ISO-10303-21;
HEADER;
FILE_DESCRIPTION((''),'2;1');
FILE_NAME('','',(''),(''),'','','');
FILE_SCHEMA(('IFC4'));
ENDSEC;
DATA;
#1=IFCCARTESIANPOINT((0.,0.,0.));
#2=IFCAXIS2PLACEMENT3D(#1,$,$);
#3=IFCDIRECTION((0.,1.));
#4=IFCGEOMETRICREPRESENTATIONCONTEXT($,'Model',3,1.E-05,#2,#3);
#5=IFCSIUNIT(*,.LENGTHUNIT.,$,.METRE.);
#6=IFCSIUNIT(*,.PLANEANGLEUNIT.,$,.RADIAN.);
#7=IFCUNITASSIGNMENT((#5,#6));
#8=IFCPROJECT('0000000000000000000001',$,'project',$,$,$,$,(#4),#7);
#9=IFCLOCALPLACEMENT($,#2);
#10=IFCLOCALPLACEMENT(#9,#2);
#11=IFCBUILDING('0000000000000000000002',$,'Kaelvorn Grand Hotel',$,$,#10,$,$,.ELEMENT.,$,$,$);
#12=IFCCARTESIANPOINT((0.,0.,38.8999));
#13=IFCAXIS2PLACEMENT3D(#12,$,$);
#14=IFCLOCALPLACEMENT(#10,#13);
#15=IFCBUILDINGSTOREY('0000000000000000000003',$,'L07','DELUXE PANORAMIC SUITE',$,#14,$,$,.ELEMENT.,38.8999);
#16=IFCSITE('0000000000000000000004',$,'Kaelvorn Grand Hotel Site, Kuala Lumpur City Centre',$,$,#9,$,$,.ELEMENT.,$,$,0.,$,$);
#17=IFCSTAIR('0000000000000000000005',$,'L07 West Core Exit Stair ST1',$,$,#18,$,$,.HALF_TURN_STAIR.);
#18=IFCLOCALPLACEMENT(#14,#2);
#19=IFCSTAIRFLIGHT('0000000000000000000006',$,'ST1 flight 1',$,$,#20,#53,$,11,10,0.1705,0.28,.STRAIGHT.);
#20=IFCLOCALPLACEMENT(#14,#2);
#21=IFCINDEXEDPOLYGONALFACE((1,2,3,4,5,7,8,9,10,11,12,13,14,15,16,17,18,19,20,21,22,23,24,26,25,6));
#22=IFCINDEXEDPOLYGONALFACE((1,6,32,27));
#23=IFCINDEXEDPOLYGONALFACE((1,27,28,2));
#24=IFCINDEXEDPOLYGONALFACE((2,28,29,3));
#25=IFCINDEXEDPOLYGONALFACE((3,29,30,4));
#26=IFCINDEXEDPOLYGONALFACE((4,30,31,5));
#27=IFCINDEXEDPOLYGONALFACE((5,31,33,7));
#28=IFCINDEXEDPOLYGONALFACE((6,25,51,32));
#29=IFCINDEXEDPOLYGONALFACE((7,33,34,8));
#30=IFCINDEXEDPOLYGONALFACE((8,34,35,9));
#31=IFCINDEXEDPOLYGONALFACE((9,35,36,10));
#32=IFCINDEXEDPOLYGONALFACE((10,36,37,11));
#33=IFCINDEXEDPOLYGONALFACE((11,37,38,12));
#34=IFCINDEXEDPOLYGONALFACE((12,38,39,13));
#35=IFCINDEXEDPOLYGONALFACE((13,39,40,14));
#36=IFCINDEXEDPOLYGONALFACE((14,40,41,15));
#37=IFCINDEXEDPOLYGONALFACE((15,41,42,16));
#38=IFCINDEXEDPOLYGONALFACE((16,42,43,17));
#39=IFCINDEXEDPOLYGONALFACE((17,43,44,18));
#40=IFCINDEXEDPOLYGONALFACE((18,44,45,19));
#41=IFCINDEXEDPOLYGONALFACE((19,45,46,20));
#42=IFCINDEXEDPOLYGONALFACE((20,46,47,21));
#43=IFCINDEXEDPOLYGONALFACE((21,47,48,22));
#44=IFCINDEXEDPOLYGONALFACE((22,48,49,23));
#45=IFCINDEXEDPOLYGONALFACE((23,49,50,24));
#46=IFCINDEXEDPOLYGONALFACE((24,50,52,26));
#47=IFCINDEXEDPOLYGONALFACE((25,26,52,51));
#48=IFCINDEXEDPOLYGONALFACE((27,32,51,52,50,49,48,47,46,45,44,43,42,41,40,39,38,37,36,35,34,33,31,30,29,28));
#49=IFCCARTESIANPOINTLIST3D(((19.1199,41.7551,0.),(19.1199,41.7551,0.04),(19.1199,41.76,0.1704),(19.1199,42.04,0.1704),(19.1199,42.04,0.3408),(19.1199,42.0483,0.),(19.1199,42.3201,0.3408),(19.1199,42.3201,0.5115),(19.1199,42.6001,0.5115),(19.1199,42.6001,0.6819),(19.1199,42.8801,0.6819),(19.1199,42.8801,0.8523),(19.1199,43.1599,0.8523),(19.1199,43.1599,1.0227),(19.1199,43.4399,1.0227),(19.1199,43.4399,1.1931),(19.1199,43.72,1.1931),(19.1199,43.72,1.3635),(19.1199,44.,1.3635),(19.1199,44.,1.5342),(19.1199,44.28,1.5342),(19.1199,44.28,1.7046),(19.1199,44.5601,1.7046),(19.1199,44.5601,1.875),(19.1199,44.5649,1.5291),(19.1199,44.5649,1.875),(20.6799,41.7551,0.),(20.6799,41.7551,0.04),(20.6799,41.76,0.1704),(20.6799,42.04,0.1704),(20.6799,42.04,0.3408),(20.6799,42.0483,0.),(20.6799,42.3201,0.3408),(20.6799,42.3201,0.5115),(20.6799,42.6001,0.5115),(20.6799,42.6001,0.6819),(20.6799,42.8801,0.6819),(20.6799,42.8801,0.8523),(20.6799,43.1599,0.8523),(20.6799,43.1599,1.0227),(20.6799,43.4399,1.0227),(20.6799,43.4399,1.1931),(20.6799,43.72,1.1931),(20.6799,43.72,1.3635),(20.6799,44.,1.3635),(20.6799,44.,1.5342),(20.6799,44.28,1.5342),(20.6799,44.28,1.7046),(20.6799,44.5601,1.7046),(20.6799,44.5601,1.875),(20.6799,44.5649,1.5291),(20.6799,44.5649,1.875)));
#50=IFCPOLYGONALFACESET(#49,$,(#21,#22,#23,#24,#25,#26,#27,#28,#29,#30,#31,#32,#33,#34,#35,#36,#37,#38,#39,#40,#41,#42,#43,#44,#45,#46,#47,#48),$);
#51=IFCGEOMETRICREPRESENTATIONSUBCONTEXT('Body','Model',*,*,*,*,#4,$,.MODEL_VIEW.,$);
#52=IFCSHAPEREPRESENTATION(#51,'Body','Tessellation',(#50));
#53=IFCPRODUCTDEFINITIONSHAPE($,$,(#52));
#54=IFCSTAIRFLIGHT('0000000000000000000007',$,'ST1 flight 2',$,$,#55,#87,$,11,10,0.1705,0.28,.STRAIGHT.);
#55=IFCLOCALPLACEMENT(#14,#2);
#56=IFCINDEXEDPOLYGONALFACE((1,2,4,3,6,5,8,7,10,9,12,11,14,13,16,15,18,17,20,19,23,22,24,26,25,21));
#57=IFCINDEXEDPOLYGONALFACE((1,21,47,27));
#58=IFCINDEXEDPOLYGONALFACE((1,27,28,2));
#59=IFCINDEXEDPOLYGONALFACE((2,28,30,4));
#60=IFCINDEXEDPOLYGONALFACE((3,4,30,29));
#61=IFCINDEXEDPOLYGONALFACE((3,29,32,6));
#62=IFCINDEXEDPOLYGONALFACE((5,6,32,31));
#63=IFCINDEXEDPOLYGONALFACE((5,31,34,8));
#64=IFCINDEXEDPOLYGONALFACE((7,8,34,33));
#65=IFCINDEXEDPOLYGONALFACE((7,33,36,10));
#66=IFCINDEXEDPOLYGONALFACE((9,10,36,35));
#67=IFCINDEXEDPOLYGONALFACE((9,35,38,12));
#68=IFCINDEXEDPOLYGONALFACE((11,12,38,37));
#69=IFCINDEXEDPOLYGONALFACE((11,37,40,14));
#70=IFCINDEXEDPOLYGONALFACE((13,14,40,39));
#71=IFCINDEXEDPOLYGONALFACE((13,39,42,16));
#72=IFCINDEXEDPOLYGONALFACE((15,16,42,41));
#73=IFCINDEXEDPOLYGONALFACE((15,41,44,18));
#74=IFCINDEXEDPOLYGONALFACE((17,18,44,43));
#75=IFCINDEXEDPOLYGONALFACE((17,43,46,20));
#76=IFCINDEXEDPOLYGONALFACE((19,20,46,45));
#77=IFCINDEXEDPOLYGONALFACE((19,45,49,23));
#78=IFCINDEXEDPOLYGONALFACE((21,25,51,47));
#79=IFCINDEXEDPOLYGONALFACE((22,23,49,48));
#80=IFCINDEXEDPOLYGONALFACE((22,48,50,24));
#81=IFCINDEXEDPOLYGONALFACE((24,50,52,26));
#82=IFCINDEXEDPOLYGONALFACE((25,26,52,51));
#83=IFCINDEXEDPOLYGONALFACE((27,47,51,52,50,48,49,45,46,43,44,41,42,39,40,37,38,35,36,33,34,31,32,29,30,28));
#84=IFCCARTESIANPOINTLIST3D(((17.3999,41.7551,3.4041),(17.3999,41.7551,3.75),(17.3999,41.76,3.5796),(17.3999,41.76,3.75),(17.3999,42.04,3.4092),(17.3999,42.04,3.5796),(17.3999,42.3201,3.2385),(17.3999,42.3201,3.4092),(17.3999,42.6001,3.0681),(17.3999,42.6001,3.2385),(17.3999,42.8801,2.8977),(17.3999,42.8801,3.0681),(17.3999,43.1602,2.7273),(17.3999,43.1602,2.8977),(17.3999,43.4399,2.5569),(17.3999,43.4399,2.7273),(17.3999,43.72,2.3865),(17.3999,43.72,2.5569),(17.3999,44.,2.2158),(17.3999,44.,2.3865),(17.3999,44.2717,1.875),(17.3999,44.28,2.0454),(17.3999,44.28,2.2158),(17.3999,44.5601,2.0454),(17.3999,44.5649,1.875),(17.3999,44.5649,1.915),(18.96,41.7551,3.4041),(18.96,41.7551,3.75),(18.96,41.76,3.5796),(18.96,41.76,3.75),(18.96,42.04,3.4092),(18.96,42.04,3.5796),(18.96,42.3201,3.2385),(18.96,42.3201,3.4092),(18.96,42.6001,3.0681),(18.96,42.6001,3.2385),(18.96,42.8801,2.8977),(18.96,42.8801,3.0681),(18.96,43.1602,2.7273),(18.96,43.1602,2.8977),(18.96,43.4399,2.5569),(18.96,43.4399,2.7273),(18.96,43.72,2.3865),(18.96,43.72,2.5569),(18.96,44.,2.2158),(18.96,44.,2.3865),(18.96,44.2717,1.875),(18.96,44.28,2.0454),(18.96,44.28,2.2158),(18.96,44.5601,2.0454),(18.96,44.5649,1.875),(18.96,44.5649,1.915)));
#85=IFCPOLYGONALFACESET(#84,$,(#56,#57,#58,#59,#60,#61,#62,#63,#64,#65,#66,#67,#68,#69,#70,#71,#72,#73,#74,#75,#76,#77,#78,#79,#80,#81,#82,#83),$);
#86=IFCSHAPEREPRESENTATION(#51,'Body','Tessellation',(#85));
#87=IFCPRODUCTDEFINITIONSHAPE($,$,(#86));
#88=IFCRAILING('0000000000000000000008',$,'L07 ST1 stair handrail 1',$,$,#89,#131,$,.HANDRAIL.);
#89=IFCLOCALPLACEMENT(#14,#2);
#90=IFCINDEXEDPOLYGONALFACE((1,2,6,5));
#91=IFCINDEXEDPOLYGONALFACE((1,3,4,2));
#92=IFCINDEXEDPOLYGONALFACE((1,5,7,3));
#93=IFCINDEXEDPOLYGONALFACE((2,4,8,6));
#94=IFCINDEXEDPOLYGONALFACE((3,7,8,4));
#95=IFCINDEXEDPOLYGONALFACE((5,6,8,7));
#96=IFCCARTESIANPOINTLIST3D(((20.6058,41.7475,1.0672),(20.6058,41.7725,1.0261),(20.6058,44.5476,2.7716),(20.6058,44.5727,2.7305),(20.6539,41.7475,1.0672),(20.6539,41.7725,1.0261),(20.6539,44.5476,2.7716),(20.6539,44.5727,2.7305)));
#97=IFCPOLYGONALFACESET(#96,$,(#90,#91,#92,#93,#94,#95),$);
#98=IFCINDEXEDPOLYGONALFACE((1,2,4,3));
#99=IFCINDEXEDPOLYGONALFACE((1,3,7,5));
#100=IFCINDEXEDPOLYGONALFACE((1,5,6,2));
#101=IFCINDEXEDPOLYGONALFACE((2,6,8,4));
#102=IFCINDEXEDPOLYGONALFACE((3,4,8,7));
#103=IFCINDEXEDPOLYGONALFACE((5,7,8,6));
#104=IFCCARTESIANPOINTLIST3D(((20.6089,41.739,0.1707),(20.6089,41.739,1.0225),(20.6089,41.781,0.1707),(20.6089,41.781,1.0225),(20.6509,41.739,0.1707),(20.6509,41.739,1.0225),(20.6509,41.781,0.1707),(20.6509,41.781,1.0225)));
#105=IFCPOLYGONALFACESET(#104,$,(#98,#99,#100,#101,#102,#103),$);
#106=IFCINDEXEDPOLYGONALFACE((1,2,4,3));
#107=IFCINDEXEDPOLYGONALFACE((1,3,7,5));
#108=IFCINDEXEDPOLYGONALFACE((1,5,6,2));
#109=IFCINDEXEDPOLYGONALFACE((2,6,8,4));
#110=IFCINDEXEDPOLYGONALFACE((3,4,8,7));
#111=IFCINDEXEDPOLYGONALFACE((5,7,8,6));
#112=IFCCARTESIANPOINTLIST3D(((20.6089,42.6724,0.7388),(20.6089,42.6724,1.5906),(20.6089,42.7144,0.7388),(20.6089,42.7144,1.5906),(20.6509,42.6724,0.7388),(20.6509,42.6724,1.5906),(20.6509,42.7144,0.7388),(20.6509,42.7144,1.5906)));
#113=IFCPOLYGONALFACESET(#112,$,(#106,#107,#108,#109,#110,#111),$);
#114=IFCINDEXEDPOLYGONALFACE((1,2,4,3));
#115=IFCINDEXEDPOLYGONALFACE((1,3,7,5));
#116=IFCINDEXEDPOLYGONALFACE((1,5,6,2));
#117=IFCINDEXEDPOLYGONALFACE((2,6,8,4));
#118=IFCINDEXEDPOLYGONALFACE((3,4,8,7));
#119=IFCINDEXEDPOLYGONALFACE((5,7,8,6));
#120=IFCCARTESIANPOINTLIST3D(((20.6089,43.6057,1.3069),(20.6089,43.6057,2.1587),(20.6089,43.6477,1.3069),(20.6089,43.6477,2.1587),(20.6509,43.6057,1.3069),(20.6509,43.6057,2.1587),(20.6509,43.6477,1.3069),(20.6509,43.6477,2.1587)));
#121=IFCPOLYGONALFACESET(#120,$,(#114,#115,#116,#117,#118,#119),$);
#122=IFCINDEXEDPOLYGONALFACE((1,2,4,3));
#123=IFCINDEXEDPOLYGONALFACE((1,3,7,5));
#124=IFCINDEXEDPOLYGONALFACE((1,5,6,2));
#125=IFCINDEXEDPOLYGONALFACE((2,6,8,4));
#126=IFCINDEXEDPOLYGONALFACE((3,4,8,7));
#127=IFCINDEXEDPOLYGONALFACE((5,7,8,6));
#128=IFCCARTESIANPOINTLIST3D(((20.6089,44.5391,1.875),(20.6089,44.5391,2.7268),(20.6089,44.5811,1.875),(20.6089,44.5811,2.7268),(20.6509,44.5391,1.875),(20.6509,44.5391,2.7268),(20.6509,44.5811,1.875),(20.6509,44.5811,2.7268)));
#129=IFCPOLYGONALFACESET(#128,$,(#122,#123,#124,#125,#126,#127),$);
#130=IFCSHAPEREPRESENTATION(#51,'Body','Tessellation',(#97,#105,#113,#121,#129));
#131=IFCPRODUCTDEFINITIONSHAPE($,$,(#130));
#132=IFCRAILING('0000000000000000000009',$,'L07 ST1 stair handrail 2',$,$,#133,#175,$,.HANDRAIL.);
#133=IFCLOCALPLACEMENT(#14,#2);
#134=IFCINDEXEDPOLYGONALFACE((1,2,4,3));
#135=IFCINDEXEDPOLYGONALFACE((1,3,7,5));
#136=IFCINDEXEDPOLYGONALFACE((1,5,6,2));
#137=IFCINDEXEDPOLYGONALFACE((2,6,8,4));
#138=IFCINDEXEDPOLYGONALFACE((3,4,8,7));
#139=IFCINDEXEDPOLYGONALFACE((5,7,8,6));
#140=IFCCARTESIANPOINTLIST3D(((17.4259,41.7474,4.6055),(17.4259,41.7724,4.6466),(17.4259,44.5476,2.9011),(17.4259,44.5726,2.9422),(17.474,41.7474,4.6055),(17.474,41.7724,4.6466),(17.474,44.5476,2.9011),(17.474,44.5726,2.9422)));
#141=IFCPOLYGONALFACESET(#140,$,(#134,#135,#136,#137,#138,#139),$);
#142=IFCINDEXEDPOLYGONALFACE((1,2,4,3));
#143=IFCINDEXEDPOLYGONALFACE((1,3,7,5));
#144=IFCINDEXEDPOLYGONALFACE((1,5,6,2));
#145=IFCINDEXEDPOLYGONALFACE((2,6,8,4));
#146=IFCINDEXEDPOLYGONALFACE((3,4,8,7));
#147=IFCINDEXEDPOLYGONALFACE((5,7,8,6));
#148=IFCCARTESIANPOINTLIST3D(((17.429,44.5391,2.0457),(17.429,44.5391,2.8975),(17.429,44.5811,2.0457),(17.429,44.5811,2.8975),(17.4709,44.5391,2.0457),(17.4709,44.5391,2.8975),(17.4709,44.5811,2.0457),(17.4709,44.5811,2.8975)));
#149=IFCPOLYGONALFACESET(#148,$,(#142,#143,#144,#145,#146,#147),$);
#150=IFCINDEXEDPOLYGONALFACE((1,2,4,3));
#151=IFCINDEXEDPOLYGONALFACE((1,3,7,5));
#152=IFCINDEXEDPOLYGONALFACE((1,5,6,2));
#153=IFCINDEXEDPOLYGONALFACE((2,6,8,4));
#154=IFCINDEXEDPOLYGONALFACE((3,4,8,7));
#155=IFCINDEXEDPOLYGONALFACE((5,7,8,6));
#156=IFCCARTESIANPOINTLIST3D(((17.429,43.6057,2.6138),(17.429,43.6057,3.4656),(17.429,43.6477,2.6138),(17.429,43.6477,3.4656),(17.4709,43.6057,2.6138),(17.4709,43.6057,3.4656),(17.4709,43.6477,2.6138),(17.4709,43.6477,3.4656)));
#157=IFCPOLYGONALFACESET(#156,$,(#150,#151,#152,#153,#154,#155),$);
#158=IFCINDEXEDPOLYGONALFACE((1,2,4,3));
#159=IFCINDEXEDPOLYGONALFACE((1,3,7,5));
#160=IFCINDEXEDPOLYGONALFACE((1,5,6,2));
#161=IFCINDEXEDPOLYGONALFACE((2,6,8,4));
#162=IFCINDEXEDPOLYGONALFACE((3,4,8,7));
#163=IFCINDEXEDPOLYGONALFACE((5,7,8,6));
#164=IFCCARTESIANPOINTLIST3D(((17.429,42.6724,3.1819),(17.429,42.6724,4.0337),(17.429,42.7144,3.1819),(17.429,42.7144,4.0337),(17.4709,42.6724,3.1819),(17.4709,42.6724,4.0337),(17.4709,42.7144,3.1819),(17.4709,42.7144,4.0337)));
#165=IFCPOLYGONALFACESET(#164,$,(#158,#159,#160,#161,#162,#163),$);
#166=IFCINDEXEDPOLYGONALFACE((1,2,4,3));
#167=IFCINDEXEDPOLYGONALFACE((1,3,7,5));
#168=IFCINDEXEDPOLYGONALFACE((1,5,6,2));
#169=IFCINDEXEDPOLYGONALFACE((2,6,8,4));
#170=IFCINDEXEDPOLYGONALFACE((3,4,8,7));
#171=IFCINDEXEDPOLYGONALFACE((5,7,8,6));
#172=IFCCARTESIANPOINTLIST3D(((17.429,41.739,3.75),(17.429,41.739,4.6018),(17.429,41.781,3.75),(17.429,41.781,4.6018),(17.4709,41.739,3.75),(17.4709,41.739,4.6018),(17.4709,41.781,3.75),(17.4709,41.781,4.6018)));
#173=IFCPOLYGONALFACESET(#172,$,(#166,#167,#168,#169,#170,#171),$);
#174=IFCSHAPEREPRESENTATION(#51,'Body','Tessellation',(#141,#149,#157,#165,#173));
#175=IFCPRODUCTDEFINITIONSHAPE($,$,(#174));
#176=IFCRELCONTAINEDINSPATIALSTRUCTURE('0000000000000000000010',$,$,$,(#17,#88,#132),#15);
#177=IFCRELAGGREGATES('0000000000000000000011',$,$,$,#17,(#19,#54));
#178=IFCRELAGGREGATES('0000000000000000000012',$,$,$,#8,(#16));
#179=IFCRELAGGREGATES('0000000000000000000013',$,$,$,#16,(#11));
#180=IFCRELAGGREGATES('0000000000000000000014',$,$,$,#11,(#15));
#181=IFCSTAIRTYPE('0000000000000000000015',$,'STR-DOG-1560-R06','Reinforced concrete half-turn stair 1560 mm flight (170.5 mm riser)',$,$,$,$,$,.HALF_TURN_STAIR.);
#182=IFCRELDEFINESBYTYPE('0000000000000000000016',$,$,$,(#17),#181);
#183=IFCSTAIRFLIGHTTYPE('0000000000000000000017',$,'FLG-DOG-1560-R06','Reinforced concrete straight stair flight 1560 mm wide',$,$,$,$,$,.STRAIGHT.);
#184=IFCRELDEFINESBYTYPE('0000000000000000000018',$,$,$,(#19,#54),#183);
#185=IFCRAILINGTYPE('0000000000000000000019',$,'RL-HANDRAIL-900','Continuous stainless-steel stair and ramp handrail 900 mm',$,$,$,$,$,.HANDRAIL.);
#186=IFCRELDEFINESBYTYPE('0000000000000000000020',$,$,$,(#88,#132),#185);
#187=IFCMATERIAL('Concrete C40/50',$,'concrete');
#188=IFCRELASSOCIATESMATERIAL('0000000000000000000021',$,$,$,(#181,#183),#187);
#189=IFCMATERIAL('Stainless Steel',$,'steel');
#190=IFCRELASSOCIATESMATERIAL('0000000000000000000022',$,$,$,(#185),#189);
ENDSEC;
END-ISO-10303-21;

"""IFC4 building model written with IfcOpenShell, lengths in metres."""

from ifc_helpers import new_model, si_unit, direction, frame, origin, origin_2d, place, context, subcontext, project, spatial, polyline, rectangle, outline, extrude, material, type_object, element, aggregate, save


model = new_model("IFC4")

# Units and contexts
model_context = context("Model", 3, precision=1e-05, world=origin(), true_north=direction((0.0, 1.0)))
body_context = subcontext(model_context, "Body", "Model", "MODEL_VIEW")
ifc_project = project(units=[si_unit("LENGTHUNIT", "METRE"), si_unit("PLANEANGLEUNIT", "RADIAN")], contexts=[model_context])

# Site, building, storey
site_placement = place(None, origin())
site = spatial("IfcSite", under=ifc_project, at=site_placement, Name="Kaelvorn Grand Hotel Site, Kuala Lumpur City Centre", CompositionType="ELEMENT", RefElevation=0.0)
building_placement = place(site_placement, origin())
building = spatial("IfcBuilding", under=site, at=building_placement, Name="Kaelvorn Grand Hotel", CompositionType="ELEMENT")
storey_placement = place(building_placement, frame((0.0, 0.0, 38.8999)))
storey = spatial("IfcBuildingStorey", under=building, at=storey_placement, Name="L07", Description="DELUXE PANORAMIC SUITE", CompositionType="ELEMENT", Elevation=38.8999)

# Shared definitions
ifc_material_1 = material(Name="Concrete C40/50", Category="concrete")

# Stair, stair flights
stair_type = type_object("IfcStairType", Name="STR-DOG-1560-R06", Description="Reinforced concrete half-turn stair 1560 mm flight (170.5 mm riser)", PredefinedType="HALF_TURN_STAIR", material=ifc_material_1)
stair_placement = place(storey_placement, origin())
stair = element("IfcStair", 1, at=stair_placement, inside=storey, type_object=stair_type, Name="L07 West Core Exit Stair ST1", PredefinedType="HALF_TURN_STAIR")
stair_flight_type = type_object("IfcStairFlightType", Name="FLG-DOG-1560-R06", Description="Reinforced concrete straight stair flight 1560 mm wide", PredefinedType="STRAIGHT", material=ifc_material_1)
stair_flight_1_placement = place(storey_placement, frame((19.8999, 41.76, 0.0), z_axis=(0.0, 0.0, 1.0), x_axis=(0.0, 1.0, 0.0)))
stair_flight_1 = element("IfcStairFlight", 2, at=stair_flight_1_placement, type_object=stair_flight_type, Name="ST1 flight 1", NumberOfRisers=11, NumberOfTreads=10, PredefinedType="STRAIGHT", RiserHeight=0.1705, TreadLength=0.28, context=body_context, shape_type="SweptSolid", body=[
    extrude(outline(polyline([(-0.0049, 0.0), (-0.0049, 0.04), (0.0, 0.1704), (0.28, 0.1704), (0.28, 0.3408), (0.5601, 0.3408), (0.5601, 0.5115), (0.8401, 0.5115), (0.8401, 0.6819), (1.1201, 0.6819), (1.1201, 0.8523), (1.3999, 0.8523), (1.3999, 1.0227), (1.6799, 1.0227), (1.6799, 1.1931), (1.96, 1.1931), (1.96, 1.3635), (2.24, 1.3635), (2.24, 1.5342), (2.52, 1.5342), (2.52, 1.7046), (2.8, 1.7046), (2.8, 1.875), (2.8049, 1.875), (2.8049, 1.5291), (0.2883, 0.0), (-0.0049, 0.0)])), frame((0.0, 0.78, 0.0), z_axis=(0.0, -1.0, 0.0), x_axis=(1.0, 0.0, 0.0)), (0.0, 0.0, 1.0), 1.5601),
])
stair_flight_2_placement = place(storey_placement, frame((18.1799, 44.5601, 1.875), z_axis=(0.0, 0.0, 1.0), x_axis=(0.0, -1.0, 0.0)))
stair_flight_2 = element("IfcStairFlight", 3, at=stair_flight_2_placement, type_object=stair_flight_type, Name="ST1 flight 2", NumberOfRisers=11, NumberOfTreads=10, PredefinedType="STRAIGHT", RiserHeight=0.1705, TreadLength=0.28, context=body_context, shape_type="SweptSolid", body=[
    extrude(outline(polyline([(-0.0049, 0.0), (-0.0049, 0.04), (0.0, 0.1704), (0.28, 0.1704), (0.28, 0.3408), (0.5601, 0.3408), (0.5601, 0.5115), (0.8401, 0.5115), (0.8401, 0.6819), (1.1201, 0.6819), (1.1201, 0.8523), (1.3999, 0.8523), (1.3999, 1.0227), (1.6799, 1.0227), (1.6799, 1.1931), (1.96, 1.1931), (1.96, 1.3635), (2.24, 1.3635), (2.24, 1.5342), (2.52, 1.5342), (2.52, 1.7046), (2.8, 1.7046), (2.8, 1.875), (2.8049, 1.875), (2.8049, 1.5291), (0.2883, 0.0), (-0.0049, 0.0)])), frame((0.0, 0.78, 0.0), z_axis=(0.0, -1.0, 0.0), x_axis=(1.0, 0.0, 0.0)), (0.0, 0.0, 1.0), 1.5601),
])
aggregate(stair, [stair_flight_1, stair_flight_2])

# Railings
ifc_material_2 = material(Name="Stainless Steel", Category="steel")
railing_type_1 = type_object("IfcRailingType", Name="RL-HANDRAIL-900", Description="Continuous stainless-steel stair and ramp handrail 900 mm", PredefinedType="HANDRAIL", material=ifc_material_2)
railing_1_placement = place(storey_placement, frame((20.6299, 41.76, 0.1707)))
element("IfcRailing", 4, at=railing_1_placement, inside=storey, type_object=railing_type_1, Name="L07 ST1 stair handrail 1", PredefinedType="HANDRAIL", context=body_context, shape_type="SweptSolid", body=[
    extrude(rectangle(XDim=0.0481, YDim=0.0481, at=origin_2d()), frame((0.0, 0.0, 0.876), z_axis=(0.0, 0.854203, 0.51994), x_axis=(-1.0, 0.0, 0.0)), (0.0, 0.0, 1.0), 3.2781),
    extrude(rectangle(XDim=0.042, YDim=0.042, at=origin_2d()), origin(), (0.0, 0.0, 1.0), 0.8518),
    extrude(rectangle(XDim=0.042, YDim=0.042, at=origin_2d()), frame((0.0, 0.9333, 0.5681)), (0.0, 0.0, 1.0), 0.8518),
    extrude(rectangle(XDim=0.042, YDim=0.042, at=origin_2d()), frame((0.0, 1.8667, 1.1362)), (0.0, 0.0, 1.0), 0.8518),
    extrude(rectangle(XDim=0.042, YDim=0.042, at=origin_2d()), frame((0.0, 2.8, 1.7043)), (0.0, 0.0, 1.0), 0.8518),
])
railing_2_placement = place(storey_placement, frame((17.45, 44.5601, 2.0457)))
element("IfcRailing", 5, at=railing_2_placement, inside=storey, type_object=railing_type_1, Name="L07 ST1 stair handrail 2", PredefinedType="HANDRAIL", context=body_context, shape_type="SweptSolid", body=[
    extrude(rectangle(XDim=0.0481, YDim=0.0481, at=origin_2d()), frame((0.0, 0.0, 0.876), z_axis=(0.0, -0.854203, 0.51994), x_axis=(1.0, 0.0, 0.0)), (0.0, 0.0, 1.0), 3.2781),
    extrude(rectangle(XDim=0.042, YDim=0.042, at=origin_2d()), origin(), (0.0, 0.0, 1.0), 0.8518),
    extrude(rectangle(XDim=0.042, YDim=0.042, at=origin_2d()), frame((0.0, -0.9333, 0.5681)), (0.0, 0.0, 1.0), 0.8518),
    extrude(rectangle(XDim=0.042, YDim=0.042, at=origin_2d()), frame((0.0, -1.8667, 1.1362)), (0.0, 0.0, 1.0), 0.8518),
    extrude(rectangle(XDim=0.042, YDim=0.042, at=origin_2d()), frame((0.0, -2.8, 1.7043)), (0.0, 0.0, 1.0), 0.8518),
])

save(model, "model.ifc")
